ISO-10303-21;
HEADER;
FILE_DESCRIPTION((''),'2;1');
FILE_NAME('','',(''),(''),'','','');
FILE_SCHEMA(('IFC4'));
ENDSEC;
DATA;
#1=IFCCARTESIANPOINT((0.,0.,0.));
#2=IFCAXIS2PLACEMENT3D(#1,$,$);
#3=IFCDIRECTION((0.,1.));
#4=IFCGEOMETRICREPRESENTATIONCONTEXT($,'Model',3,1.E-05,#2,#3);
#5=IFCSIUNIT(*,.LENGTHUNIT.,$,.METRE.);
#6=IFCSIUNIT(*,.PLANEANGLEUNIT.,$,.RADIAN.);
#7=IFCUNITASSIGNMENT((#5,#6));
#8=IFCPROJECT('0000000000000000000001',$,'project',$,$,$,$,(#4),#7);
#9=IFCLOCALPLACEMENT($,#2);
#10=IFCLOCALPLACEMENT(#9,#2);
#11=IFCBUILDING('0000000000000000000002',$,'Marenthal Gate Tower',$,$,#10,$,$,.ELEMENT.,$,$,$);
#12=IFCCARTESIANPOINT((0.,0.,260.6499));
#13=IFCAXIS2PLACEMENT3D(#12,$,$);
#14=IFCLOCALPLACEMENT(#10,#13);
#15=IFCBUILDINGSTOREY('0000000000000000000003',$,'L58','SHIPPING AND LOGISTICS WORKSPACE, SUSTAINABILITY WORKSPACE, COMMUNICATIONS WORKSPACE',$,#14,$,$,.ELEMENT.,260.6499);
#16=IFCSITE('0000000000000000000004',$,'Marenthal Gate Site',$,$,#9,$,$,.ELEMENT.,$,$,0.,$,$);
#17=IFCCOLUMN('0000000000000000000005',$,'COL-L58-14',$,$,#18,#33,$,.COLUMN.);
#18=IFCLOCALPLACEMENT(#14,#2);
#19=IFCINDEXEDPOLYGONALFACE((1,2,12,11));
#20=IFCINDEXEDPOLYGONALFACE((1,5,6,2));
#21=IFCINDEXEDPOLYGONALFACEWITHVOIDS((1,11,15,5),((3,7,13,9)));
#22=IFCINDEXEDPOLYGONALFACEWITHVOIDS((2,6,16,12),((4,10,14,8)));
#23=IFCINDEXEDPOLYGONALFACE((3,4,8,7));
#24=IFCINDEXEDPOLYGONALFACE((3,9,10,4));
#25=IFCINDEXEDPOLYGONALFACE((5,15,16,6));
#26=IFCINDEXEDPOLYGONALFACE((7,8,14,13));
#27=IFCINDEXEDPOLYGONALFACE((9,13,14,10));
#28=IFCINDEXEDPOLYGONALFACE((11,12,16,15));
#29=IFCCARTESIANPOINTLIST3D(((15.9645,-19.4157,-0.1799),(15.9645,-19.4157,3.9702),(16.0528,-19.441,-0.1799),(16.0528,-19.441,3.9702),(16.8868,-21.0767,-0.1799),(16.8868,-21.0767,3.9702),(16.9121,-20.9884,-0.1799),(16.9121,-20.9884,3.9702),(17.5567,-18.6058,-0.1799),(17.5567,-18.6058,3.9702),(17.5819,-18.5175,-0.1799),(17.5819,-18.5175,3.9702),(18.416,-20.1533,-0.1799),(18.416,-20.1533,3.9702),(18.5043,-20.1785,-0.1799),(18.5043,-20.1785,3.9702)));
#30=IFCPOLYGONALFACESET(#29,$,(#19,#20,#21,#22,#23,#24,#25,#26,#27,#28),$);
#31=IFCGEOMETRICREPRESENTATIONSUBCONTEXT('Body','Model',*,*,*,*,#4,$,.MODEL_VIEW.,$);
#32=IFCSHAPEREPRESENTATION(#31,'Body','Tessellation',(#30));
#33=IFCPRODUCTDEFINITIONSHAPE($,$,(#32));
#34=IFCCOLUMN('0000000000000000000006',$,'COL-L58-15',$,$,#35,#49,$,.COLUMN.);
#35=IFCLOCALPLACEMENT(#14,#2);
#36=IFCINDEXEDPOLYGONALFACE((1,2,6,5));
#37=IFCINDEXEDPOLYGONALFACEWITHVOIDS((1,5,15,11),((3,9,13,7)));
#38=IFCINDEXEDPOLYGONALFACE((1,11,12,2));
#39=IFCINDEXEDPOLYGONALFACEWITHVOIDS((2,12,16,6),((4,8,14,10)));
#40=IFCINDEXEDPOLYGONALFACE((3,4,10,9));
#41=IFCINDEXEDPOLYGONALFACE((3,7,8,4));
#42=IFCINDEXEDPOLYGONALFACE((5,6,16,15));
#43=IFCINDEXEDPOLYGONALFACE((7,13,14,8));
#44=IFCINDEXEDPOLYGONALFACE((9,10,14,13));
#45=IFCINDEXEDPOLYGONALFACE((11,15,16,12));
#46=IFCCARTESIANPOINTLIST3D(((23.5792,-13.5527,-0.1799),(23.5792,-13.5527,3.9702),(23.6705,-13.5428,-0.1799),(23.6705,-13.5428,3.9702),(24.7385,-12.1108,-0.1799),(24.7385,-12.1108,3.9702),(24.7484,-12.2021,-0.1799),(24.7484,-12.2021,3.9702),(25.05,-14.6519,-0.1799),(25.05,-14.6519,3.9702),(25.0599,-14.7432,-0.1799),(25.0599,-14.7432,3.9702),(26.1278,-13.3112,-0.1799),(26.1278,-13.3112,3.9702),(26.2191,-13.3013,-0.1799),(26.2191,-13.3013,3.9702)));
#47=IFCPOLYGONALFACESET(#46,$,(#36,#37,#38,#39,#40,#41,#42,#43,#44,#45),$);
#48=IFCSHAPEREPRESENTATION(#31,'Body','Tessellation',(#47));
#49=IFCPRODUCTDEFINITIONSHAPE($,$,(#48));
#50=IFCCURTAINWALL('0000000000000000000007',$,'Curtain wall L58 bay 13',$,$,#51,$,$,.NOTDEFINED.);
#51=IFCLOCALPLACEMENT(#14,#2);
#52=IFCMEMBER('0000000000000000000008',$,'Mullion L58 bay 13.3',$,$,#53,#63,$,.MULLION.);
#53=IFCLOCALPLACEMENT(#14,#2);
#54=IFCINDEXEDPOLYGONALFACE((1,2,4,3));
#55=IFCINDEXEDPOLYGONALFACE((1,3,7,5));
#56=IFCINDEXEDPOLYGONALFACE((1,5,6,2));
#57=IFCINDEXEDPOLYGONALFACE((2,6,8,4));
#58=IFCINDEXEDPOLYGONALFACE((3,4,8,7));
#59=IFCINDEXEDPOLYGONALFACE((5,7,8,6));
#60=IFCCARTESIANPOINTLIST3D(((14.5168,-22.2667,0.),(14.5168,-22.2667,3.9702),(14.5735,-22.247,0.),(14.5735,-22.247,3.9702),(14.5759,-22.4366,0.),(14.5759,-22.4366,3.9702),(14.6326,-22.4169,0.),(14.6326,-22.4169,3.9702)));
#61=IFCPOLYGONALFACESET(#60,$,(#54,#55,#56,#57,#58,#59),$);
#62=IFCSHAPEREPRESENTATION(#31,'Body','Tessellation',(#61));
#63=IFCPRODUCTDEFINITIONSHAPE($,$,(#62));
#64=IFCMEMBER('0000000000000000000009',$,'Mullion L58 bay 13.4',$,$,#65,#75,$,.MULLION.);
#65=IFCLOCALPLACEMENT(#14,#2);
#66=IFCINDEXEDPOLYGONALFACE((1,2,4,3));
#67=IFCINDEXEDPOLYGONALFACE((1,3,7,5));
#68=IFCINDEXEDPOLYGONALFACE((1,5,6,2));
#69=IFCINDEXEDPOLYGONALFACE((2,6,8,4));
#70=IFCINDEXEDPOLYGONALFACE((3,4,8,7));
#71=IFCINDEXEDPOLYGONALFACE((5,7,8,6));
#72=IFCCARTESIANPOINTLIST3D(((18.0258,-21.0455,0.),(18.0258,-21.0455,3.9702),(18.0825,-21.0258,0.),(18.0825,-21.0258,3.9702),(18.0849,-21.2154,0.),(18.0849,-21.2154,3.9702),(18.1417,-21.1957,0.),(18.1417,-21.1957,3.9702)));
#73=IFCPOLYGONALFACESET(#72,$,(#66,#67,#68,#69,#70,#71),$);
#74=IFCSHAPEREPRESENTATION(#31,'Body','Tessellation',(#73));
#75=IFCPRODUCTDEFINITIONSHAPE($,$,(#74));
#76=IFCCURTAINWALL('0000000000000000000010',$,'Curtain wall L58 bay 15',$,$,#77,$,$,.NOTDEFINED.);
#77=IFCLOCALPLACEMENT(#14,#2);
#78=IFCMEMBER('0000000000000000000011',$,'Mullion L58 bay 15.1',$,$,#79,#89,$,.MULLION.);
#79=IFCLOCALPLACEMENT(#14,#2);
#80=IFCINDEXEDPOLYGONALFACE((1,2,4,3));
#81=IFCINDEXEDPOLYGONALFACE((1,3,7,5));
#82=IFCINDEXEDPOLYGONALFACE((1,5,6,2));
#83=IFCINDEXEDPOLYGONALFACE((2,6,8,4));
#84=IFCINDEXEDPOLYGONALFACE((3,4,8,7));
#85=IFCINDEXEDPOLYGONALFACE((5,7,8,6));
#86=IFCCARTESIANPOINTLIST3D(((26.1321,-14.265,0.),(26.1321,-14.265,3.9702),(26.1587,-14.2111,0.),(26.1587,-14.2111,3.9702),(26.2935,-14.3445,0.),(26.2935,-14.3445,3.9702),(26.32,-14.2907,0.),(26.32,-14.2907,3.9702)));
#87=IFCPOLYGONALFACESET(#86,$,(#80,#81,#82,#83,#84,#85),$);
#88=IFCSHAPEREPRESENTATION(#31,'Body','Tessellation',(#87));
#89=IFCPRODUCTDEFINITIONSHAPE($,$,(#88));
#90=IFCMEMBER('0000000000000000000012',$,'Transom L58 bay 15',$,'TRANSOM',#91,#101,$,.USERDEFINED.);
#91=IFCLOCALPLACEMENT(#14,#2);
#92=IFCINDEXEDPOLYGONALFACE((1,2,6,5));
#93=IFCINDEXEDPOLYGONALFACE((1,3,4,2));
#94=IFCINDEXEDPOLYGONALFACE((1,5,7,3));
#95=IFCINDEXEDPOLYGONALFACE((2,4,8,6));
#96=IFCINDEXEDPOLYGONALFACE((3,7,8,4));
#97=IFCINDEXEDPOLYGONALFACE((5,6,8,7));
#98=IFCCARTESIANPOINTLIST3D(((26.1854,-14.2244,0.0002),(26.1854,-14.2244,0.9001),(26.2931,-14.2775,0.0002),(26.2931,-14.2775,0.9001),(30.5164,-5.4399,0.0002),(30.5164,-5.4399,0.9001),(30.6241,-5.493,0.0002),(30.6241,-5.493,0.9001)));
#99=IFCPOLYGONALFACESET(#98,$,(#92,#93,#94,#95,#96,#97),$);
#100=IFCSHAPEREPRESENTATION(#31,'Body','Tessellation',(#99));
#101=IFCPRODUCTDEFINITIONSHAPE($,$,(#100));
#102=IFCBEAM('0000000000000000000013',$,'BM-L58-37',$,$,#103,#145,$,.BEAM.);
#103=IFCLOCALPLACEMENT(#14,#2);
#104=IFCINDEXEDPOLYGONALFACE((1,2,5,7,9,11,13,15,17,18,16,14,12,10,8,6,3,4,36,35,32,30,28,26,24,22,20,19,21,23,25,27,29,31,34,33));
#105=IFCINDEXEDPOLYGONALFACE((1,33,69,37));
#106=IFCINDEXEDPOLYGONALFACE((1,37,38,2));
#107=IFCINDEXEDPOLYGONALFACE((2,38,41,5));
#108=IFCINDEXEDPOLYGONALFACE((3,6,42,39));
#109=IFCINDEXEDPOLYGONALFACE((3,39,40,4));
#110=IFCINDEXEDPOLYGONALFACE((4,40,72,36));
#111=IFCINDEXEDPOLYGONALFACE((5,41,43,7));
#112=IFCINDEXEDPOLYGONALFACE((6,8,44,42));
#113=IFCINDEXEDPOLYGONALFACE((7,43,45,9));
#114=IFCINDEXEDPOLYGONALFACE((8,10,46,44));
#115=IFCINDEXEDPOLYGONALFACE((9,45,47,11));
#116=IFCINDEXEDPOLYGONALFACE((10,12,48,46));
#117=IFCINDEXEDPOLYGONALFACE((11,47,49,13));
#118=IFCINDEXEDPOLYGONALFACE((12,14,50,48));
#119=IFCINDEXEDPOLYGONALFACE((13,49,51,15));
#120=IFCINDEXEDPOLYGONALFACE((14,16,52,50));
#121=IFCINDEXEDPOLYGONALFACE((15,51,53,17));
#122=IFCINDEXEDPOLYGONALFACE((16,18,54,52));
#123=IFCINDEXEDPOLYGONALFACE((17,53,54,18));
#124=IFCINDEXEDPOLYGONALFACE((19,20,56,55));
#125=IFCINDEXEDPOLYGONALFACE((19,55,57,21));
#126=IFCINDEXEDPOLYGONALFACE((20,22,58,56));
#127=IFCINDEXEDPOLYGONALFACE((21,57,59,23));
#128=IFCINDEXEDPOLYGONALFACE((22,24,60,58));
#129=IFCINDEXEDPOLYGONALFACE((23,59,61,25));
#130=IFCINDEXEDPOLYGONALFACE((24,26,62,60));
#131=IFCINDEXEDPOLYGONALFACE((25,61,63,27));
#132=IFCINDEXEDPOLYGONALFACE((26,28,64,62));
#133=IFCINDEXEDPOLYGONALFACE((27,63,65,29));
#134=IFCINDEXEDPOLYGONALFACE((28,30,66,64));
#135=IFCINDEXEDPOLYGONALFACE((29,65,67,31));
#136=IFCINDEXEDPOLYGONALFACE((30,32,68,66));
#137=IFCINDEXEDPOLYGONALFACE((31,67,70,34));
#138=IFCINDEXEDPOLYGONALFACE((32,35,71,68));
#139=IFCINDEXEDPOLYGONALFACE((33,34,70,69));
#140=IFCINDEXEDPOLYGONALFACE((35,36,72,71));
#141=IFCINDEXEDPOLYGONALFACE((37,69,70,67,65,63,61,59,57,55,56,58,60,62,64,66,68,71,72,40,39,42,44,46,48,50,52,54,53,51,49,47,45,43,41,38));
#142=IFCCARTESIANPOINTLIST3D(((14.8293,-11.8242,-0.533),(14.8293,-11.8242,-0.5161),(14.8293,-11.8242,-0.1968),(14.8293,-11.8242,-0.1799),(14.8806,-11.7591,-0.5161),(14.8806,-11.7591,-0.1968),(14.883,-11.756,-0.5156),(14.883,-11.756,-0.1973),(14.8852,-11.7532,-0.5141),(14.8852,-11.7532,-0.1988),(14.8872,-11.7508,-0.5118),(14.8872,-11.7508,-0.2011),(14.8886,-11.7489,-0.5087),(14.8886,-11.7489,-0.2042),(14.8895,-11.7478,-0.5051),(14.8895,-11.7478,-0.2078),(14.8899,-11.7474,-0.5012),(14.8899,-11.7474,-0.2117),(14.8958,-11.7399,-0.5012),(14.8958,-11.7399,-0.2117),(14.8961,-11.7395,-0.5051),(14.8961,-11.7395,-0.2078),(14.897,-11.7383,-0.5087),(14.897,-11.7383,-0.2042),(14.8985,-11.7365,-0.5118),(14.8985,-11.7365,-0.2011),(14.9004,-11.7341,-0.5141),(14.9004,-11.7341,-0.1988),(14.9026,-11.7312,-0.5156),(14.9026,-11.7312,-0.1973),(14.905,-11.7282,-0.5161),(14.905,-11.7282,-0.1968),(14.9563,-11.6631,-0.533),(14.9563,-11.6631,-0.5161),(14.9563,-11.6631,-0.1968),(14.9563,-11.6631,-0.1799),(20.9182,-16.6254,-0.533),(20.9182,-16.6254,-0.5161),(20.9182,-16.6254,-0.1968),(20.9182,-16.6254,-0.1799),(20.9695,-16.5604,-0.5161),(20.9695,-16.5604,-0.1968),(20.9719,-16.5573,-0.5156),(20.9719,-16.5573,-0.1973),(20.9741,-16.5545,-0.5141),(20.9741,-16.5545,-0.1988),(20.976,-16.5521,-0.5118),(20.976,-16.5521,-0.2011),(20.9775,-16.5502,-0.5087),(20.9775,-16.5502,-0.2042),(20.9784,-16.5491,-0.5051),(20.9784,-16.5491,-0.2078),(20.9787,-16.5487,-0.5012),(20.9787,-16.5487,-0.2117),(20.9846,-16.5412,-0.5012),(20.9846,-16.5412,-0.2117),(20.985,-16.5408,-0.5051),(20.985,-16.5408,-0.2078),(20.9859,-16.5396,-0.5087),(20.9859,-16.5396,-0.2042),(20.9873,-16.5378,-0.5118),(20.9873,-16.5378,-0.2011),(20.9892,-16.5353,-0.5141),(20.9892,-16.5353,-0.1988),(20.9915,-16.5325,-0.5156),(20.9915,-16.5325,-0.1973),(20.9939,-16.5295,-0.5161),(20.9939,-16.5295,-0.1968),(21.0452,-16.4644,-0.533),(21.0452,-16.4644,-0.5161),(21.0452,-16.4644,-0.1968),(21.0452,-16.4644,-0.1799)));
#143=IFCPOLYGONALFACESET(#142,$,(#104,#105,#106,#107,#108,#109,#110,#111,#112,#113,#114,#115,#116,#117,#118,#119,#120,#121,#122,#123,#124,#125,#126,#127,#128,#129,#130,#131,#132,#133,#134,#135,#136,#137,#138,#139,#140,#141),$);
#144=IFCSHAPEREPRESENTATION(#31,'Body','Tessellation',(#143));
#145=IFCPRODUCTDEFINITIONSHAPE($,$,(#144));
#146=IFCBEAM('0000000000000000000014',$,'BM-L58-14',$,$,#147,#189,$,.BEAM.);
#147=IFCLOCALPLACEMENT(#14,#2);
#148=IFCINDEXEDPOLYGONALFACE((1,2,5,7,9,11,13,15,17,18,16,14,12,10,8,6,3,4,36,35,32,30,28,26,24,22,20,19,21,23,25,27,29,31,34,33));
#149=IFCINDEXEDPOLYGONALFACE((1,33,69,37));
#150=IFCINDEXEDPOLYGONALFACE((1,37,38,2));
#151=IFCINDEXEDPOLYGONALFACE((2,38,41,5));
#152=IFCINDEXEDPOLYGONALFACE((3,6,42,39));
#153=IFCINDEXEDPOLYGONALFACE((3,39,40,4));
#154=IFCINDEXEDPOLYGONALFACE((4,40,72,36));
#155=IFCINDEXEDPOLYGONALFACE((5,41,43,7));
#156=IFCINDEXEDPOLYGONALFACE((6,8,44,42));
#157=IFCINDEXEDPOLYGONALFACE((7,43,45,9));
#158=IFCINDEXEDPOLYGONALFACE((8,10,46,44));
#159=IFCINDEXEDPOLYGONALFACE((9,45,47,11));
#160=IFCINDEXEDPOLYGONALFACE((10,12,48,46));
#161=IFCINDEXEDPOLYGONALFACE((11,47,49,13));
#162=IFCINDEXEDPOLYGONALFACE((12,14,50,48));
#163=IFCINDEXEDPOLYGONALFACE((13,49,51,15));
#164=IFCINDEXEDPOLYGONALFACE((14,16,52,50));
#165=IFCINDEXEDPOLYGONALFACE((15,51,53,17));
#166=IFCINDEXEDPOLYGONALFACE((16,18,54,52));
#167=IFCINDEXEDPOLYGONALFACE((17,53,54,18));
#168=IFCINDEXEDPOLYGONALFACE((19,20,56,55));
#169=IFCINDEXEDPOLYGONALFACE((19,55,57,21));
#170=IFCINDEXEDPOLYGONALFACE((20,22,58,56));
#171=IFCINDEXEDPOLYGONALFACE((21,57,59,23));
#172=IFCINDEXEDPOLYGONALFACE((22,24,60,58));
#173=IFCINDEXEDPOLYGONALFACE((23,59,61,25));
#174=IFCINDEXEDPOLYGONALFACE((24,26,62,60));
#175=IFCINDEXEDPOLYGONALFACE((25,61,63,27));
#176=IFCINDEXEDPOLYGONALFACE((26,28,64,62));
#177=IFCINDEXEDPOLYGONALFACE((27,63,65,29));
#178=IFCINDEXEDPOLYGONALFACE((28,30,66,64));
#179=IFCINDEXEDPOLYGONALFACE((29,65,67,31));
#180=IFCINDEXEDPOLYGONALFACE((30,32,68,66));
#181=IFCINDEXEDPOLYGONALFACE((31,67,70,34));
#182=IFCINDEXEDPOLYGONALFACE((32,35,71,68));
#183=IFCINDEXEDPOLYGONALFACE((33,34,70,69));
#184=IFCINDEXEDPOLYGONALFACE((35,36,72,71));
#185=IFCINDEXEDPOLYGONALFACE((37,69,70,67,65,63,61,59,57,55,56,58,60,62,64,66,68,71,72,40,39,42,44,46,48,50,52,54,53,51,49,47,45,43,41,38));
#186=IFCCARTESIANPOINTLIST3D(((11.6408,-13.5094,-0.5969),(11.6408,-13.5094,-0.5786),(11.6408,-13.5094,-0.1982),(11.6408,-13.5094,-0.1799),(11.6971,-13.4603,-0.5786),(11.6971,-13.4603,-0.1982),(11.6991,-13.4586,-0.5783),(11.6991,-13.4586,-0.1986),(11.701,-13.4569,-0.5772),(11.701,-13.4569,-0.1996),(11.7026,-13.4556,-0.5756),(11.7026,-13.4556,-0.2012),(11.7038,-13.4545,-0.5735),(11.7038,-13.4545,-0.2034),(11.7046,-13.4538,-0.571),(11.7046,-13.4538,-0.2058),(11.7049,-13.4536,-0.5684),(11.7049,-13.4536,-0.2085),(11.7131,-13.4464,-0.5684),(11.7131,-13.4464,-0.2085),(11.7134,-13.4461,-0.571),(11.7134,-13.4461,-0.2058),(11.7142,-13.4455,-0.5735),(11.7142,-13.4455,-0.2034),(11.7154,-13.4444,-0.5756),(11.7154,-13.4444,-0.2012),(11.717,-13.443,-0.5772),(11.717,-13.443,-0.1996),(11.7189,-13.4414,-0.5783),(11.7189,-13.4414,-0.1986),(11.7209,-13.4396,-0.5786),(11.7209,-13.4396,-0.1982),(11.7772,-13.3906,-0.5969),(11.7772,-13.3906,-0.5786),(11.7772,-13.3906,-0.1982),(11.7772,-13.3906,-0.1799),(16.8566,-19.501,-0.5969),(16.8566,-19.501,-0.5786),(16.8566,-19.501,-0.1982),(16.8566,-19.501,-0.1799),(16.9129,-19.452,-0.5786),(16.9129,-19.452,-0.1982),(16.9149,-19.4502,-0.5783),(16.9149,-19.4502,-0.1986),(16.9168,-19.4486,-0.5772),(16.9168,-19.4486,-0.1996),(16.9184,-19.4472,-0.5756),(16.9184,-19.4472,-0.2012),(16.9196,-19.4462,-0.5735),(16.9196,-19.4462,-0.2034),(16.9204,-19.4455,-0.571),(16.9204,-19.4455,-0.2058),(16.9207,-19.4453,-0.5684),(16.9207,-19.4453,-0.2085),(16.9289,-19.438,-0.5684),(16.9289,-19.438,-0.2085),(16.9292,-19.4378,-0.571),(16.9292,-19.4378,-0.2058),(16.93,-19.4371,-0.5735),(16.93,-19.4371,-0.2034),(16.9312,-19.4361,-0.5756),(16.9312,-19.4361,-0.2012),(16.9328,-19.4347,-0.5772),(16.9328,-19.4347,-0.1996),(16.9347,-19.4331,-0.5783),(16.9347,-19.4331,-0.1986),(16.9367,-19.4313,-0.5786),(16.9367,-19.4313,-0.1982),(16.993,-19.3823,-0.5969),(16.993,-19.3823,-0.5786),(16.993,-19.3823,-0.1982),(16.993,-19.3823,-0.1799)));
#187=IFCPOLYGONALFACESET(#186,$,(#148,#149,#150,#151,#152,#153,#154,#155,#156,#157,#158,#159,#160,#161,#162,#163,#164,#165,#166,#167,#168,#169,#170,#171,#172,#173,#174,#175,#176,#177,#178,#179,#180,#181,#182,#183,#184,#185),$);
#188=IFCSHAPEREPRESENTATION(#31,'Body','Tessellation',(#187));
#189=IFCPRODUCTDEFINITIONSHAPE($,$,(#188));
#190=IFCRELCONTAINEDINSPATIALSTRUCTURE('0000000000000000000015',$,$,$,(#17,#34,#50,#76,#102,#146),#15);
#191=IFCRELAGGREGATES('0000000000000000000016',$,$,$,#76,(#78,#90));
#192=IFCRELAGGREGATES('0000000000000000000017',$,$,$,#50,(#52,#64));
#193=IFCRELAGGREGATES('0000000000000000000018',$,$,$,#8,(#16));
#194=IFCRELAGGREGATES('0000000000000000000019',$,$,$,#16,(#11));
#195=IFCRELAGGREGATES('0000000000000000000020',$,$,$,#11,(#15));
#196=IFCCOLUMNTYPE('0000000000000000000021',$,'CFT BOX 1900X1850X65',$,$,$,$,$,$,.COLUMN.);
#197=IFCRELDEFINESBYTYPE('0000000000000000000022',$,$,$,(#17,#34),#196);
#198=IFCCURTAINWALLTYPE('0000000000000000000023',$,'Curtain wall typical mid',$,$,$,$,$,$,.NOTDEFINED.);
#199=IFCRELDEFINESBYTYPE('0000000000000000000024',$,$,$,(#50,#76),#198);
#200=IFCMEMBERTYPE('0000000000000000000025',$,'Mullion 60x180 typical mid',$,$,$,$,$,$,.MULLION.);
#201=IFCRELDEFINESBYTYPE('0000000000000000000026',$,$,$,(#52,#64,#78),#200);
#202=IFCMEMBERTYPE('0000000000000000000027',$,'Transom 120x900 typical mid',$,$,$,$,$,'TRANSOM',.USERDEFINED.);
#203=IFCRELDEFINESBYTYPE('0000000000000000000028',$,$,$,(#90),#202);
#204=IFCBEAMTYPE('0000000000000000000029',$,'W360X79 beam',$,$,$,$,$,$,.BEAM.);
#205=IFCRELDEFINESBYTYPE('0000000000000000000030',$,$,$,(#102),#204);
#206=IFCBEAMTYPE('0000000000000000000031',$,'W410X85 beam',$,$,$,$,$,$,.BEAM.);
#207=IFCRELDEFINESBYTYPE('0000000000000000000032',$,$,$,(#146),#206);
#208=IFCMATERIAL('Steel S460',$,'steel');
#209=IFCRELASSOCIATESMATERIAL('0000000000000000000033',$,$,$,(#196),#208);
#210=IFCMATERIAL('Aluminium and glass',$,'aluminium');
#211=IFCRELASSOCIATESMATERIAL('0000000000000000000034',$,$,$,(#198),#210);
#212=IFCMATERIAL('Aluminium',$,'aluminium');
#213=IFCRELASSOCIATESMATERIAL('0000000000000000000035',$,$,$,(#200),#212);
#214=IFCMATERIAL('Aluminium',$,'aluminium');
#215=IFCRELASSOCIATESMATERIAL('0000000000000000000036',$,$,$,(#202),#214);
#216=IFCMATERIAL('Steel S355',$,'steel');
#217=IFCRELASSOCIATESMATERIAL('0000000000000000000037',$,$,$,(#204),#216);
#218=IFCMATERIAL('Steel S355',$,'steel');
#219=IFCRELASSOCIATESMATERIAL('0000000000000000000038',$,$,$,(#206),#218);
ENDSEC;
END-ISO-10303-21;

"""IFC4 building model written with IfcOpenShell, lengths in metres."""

from ifc_helpers import new_model, si_unit, direction, frame, origin, origin_2d, place, context, subcontext, project, spatial, rectangle, hollow_rectangle, i_section, extrude, material, material_profile, profile_set, type_object, element, aggregate, save


model = new_model("IFC4")

# Units and contexts
model_context = context("Model", 3, precision=1e-05, world=origin(), true_north=direction((0.0, 1.0)))
body_context = subcontext(model_context, "Body", "Model", "MODEL_VIEW")
ifc_project = project(units=[si_unit("LENGTHUNIT", "METRE"), si_unit("PLANEANGLEUNIT", "RADIAN")], contexts=[model_context])

# Site, building, storey
site_placement = place(None, origin())
site = spatial("IfcSite", under=ifc_project, at=site_placement, Name="Marenthal Gate Site", CompositionType="ELEMENT", RefElevation=0.0)
building_placement = place(site_placement, origin())
building = spatial("IfcBuilding", under=site, at=building_placement, Name="Marenthal Gate Tower", CompositionType="ELEMENT")
storey_placement = place(building_placement, frame((0.0, 0.0, 260.6499)))
storey = spatial("IfcBuildingStorey", under=building, at=storey_placement, Name="L58", Description="SHIPPING AND LOGISTICS WORKSPACE, SUSTAINABILITY WORKSPACE, COMMUNICATIONS WORKSPACE", CompositionType="ELEMENT", Elevation=260.6499)

# Columns
ifc_material_1 = material(Name="Steel S460", Category="steel")
ifc_material_profile_1 = material_profile(ifc_material_1, hollow_rectangle(XDim=1.8501, YDim=1.8999, WallThickness=0.0649, at=origin_2d()), Name="CFT BOX 1900X1850X65")
ifc_material_2 = material(Name="Concrete 70 MPa", Category="concrete")
ifc_material_profile_2 = material_profile(ifc_material_2, rectangle(XDim=1.72, YDim=1.77, at=origin_2d()), Name="CFT BOX 1900X1850X65 INFILL")
ifc_profile_set_1 = profile_set([ifc_material_profile_1, ifc_material_profile_2], Name="Steel S460 shell, Concrete 70 MPa infill")
column_type = type_object("IfcColumnType", Name="CFT BOX 1900X1850X65", PredefinedType="COLUMN", material=ifc_profile_set_1)
for number, where, z_axis, x_axis, name in (
    (1, (17.2344, -19.7971, -0.1799), (0.0, 0.0, 1.0), (-0.874251, -0.485475, 0.0), "COL-L58-14"),
    (2, (24.8992, -13.427, -0.1799), (0.0, 0.0, 1.0), (-0.626593, -0.779347, 0.0), "COL-L58-15"),
):
    element("IfcColumn", number, at=place(storey_placement, frame(where, z_axis=z_axis, x_axis=x_axis)), inside=storey, type_object=column_type, Name=name, PredefinedType="COLUMN", context=body_context, shape_type="SweptSolid", body=[
        extrude(hollow_rectangle(XDim=1.8501, YDim=1.8999, WallThickness=0.0649, at=origin_2d()), origin(), (0.0, 0.0, 1.0), 4.1501),
    ])

# Curtain walls, members
ifc_material_3 = material(Name="Aluminium and glass", Category="aluminium")
curtain_wall_type = type_object("IfcCurtainWallType", Name="Curtain wall typical mid", PredefinedType="NOTDEFINED", material=ifc_material_3)
curtain_wall_1_placement = place(storey_placement, origin())
curtain_wall_1 = element("IfcCurtainWall", 3, at=curtain_wall_1_placement, inside=storey, type_object=curtain_wall_type, Name="Curtain wall L58 bay 13", PredefinedType="NOTDEFINED")
ifc_material_4 = material(Name="Aluminium", Category="aluminium")
ifc_material_profile_3 = material_profile(ifc_material_4, rectangle(XDim=0.1799, YDim=0.0601, at=origin_2d()), Name="60x180 aluminium mullion")
ifc_profile_set_2 = profile_set([ifc_material_profile_3], Name="Aluminium")
member_type_1 = type_object("IfcMemberType", Name="Mullion 60x180 typical mid", PredefinedType="MULLION", material=ifc_profile_set_2)
member_1_placement = place(storey_placement, frame((14.5747, -22.3418, 0.0), z_axis=(0.0, 0.0, 1.0), x_axis=(-0.32867, 0.944445, 0.0)))
member_1 = element("IfcMember", 4, at=member_1_placement, type_object=member_type_1, Name="Mullion L58 bay 13.3", PredefinedType="MULLION", context=body_context, shape_type="SweptSolid", body=[
    extrude(rectangle(XDim=0.1799, YDim=0.0601, at=origin_2d()), origin(), (0.0, 0.0, 1.0), 3.9702),
])
member_2_placement = place(storey_placement, frame((18.0837, -21.1206, 0.0), z_axis=(0.0, 0.0, 1.0), x_axis=(-0.32867, 0.944445, 0.0)))
member_2 = element("IfcMember", 5, at=member_2_placement, type_object=member_type_1, Name="Mullion L58 bay 13.4", PredefinedType="MULLION", context=body_context, shape_type="SweptSolid", body=[
    extrude(rectangle(XDim=0.1799, YDim=0.0601, at=origin_2d()), origin(), (0.0, 0.0, 1.0), 3.9702),
])
curtain_wall_2_placement = place(storey_placement, origin())
curtain_wall_2 = element("IfcCurtainWall", 6, at=curtain_wall_2_placement, inside=storey, type_object=curtain_wall_type, Name="Curtain wall L58 bay 15", PredefinedType="NOTDEFINED")
member_3_placement = place(storey_placement, frame((26.2261, -14.2778, 0.0), z_axis=(0.0, 0.0, 1.0), x_axis=(-0.896921, 0.442192, 0.0)))
member_3 = element("IfcMember", 7, at=member_3_placement, type_object=member_type_1, Name="Mullion L58 bay 15.1", PredefinedType="MULLION", context=body_context, shape_type="SweptSolid", body=[
    extrude(rectangle(XDim=0.1799, YDim=0.0601, at=origin_2d()), origin(), (0.0, 0.0, 1.0), 3.9702),
])
ifc_material_5 = material(Name="Aluminium", Category="aluminium")
ifc_material_profile_4 = material_profile(ifc_material_5, rectangle(XDim=0.1201, YDim=0.8999, at=origin_2d()), Name="120x900 aluminium transom")
ifc_profile_set_3 = profile_set([ifc_material_profile_4], Name="Aluminium")
member_type_2 = type_object("IfcMemberType", Name="Transom 120x900 typical mid", ElementType="TRANSOM", PredefinedType="USERDEFINED", material=ifc_profile_set_3)
member_4_placement = place(storey_placement, frame((26.2393, -14.251, 0.4502), z_axis=(0.442201, 0.896916, 0.0), x_axis=(-0.896916, 0.442201, 0.0)))
member_4 = element("IfcMember", 8, at=member_4_placement, type_object=member_type_2, Name="Transom L58 bay 15", ObjectType="TRANSOM", PredefinedType="USERDEFINED", context=body_context, shape_type="SweptSolid", body=[
    extrude(rectangle(XDim=0.1201, YDim=0.8999, at=origin_2d()), origin(), (0.0, 0.0, 1.0), 9.7942),
])
aggregate(curtain_wall_2, [member_3, member_4])

# Beams
ifc_material_6 = material(Name="Steel S355", Category="steel")
ifc_material_profile_5 = material_profile(ifc_material_6, i_section(OverallWidth=0.2051, OverallDepth=0.353, WebThickness=0.0095, FlangeThickness=0.0168, FilletRadius=0.0149, at=origin_2d()), Name="W360X79")
ifc_profile_set_4 = profile_set([ifc_material_profile_5], Name="Steel S355")
beam_type_1 = type_object("IfcBeamType", Name="W360X79 beam", PredefinedType="BEAM", material=ifc_profile_set_4)
beam_1_placement = place(storey_placement, frame((20.9817, -16.5449, -0.3564), z_axis=(-0.785242, 0.619189, 0.0), x_axis=(-0.619189, -0.785242, 0.0)))
element("IfcBeam", 9, at=beam_1_placement, inside=storey, type_object=beam_type_1, Name="BM-L58-37", PredefinedType="BEAM", context=body_context, shape_type="SweptSolid", body=[
    extrude(i_section(OverallWidth=0.2051, OverallDepth=0.353, WebThickness=0.0095, FlangeThickness=0.0168, FilletRadius=0.0149, at=origin_2d()), origin(), (0.0, 0.0, 1.0), 7.7542),
])
ifc_material_7 = material(Name="Steel S355", Category="steel")
ifc_material_profile_6 = material_profile(ifc_material_7, i_section(OverallWidth=0.1809, OverallDepth=0.417, WebThickness=0.011, FlangeThickness=0.0183, FilletRadius=0.0103, at=origin_2d()), Name="W410X85")
ifc_profile_set_5 = profile_set([ifc_material_profile_6], Name="Steel S355")
beam_type_2 = type_object("IfcBeamType", Name="W410X85 beam", PredefinedType="BEAM", material=ifc_profile_set_5)
beam_2_placement = place(storey_placement, frame((16.9248, -19.4417, -0.3884), z_axis=(-0.656583, 0.754253, 0.0), x_axis=(-0.754253, -0.656583, 0.0)))
element("IfcBeam", 10, at=beam_2_placement, inside=storey, type_object=beam_type_2, Name="BM-L58-14", PredefinedType="BEAM", context=body_context, shape_type="SweptSolid", body=[
    extrude(i_section(OverallWidth=0.1809, OverallDepth=0.417, WebThickness=0.011, FlangeThickness=0.0183, FilletRadius=0.0103, at=origin_2d()), origin(), (0.0, 0.0, 1.0), 7.9438),
])

aggregate(curtain_wall_1, [member_1, member_2])

save(model, "model.ifc")
